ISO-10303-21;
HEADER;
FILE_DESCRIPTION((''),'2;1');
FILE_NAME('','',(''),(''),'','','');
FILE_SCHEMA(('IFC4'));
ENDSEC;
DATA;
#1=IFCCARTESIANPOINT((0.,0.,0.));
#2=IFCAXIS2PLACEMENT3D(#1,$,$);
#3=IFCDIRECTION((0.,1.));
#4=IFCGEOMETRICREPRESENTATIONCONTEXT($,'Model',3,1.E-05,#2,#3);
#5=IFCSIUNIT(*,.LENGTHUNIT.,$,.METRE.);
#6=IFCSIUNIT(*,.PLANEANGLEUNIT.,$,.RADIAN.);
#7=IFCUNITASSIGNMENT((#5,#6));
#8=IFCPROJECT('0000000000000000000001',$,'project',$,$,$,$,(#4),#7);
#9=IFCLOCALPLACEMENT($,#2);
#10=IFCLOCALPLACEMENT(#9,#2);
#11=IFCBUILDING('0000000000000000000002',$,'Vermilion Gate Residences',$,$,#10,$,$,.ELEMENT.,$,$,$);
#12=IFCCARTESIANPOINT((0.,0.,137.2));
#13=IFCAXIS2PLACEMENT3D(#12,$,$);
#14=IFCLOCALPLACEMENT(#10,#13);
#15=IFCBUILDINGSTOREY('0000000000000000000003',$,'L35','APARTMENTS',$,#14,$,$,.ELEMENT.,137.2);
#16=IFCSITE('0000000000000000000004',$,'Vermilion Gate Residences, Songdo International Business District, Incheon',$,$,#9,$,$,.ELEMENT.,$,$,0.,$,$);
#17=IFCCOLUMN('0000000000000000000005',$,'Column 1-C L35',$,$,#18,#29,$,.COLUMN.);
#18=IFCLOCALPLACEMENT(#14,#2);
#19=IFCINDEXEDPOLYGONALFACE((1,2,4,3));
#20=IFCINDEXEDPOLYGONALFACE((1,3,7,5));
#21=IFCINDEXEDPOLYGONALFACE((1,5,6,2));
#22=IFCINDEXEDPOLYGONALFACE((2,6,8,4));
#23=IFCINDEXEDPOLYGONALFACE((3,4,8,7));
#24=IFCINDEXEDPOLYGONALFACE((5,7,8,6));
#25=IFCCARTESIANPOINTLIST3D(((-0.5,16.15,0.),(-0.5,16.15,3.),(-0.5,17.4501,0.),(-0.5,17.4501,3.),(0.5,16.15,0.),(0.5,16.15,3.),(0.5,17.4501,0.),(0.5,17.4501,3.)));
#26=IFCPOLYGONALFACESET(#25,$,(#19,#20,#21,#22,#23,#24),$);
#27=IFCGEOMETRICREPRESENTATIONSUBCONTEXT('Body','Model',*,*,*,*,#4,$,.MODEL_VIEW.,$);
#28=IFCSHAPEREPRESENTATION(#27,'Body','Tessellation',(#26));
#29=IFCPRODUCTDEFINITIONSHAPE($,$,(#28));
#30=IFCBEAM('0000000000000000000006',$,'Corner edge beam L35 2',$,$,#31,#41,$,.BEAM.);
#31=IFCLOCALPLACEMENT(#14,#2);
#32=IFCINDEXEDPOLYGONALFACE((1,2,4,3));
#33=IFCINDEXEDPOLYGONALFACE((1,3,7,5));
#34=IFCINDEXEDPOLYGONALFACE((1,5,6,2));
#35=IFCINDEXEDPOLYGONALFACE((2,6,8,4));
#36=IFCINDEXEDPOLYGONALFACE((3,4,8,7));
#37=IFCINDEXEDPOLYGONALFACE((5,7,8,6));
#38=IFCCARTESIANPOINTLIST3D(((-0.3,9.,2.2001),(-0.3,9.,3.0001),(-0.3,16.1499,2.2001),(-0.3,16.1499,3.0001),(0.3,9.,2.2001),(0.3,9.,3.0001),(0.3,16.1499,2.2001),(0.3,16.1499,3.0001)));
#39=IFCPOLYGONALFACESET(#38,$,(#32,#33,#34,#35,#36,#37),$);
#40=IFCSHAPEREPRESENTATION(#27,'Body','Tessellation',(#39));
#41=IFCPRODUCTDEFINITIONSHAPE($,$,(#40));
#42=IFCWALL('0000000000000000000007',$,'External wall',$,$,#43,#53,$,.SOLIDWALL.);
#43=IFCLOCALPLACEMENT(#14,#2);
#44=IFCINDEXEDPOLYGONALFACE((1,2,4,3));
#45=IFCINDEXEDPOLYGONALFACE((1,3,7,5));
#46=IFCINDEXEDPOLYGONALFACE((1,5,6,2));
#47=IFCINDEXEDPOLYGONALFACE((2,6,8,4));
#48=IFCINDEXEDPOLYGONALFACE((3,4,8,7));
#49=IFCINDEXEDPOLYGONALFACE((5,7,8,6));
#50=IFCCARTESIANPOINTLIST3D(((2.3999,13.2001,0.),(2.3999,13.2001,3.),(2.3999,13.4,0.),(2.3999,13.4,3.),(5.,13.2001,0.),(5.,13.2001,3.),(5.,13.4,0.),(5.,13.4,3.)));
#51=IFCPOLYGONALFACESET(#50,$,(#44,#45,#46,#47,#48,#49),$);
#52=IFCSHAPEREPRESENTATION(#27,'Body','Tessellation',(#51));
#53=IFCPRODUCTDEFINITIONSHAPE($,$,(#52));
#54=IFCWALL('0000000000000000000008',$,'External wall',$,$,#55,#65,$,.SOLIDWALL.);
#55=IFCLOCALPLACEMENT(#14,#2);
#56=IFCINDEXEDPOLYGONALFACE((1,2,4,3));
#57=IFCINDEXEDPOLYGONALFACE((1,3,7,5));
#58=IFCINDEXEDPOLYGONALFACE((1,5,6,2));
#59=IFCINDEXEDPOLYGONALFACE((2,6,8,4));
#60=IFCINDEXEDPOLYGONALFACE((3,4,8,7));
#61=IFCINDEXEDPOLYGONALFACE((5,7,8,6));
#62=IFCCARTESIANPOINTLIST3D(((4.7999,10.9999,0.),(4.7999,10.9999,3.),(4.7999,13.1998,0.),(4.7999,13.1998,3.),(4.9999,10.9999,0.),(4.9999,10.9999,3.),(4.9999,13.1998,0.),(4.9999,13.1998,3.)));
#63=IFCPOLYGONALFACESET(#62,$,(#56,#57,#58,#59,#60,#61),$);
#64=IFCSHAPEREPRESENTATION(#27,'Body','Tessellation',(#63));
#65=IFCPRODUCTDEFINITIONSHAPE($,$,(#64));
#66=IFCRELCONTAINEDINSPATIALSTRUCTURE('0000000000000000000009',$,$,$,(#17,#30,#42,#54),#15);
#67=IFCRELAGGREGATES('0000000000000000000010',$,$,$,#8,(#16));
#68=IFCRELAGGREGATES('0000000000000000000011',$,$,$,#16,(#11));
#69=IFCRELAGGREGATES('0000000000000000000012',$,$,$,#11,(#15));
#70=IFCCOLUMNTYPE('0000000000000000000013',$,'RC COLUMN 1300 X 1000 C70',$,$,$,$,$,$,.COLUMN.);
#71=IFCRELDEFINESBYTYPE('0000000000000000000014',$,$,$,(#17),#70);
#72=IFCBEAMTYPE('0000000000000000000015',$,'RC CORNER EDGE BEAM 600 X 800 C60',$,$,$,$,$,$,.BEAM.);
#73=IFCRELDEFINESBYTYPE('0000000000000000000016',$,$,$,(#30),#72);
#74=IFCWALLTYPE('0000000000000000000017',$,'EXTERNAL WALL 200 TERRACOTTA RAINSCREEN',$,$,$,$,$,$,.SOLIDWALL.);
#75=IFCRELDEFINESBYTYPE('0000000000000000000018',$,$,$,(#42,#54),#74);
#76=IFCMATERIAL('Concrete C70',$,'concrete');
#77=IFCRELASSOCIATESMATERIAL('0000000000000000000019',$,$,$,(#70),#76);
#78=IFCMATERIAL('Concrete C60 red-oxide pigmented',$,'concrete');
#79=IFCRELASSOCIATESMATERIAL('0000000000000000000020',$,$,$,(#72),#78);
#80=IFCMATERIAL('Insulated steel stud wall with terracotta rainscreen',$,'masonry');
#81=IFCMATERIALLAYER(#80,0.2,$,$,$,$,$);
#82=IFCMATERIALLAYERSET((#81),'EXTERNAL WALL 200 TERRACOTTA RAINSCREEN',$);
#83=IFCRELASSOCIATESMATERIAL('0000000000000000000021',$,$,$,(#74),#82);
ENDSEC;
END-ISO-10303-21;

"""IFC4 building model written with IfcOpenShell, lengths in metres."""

from ifc_helpers import new_model, si_unit, direction, frame, frame_2d, origin, origin_2d, place, context, subcontext, project, spatial, rectangle, extrude, material, layer, layer_set, material_profile, profile_set, type_object, element, save


model = new_model("IFC4")

# Units and contexts
model_context = context("Model", 3, precision=1e-05, world=origin(), true_north=direction((0.0, 1.0)))
body_context = subcontext(model_context, "Body", "Model", "MODEL_VIEW")
ifc_project = project(units=[si_unit("LENGTHUNIT", "METRE"), si_unit("PLANEANGLEUNIT", "RADIAN")], contexts=[model_context])

# Site, building, storey
site_placement = place(None, origin())
site = spatial("IfcSite", under=ifc_project, at=site_placement, Name="Vermilion Gate Residences, Songdo International Business District, Incheon", CompositionType="ELEMENT", RefElevation=0.0)
building_placement = place(site_placement, origin())
building = spatial("IfcBuilding", under=site, at=building_placement, Name="Vermilion Gate Residences", CompositionType="ELEMENT")
storey_placement = place(building_placement, frame((0.0, 0.0, 137.2)))
storey = spatial("IfcBuildingStorey", under=building, at=storey_placement, Name="L35", Description="APARTMENTS", CompositionType="ELEMENT", Elevation=137.2)

# Column
ifc_material_1 = material(Name="Concrete C70", Category="concrete")
ifc_material_profile_1 = material_profile(ifc_material_1, rectangle(XDim=1.3, YDim=1.0, at=origin_2d()), Name="RC-1300x1000")
ifc_profile_set_1 = profile_set([ifc_material_profile_1], Name="Concrete C70")
column_type = type_object("IfcColumnType", Name="RC COLUMN 1300 X 1000 C70", PredefinedType="COLUMN", material=ifc_profile_set_1)
column_placement = place(storey_placement, frame((0.0, 16.8, 0.0), z_axis=(0.0, 0.0, 1.0), x_axis=(0.0, 1.0, 0.0)))
element("IfcColumn", 1, at=column_placement, inside=storey, type_object=column_type, Name="Column 1-C L35", PredefinedType="COLUMN", context=body_context, shape_type="SweptSolid", body=[
    extrude(rectangle(XDim=1.3, YDim=1.0, at=origin_2d()), origin(), (0.0, 0.0, 1.0), 3.0),
])

# Beam
ifc_material_2 = material(Name="Concrete C60 red-oxide pigmented", Category="concrete")
ifc_material_profile_2 = material_profile(ifc_material_2, rectangle(XDim=0.6001, YDim=0.8, at=origin_2d()), Name="RC-600x800")
ifc_profile_set_2 = profile_set([ifc_material_profile_2], Name="Concrete C60 red-oxide pigmented")
beam_type = type_object("IfcBeamType", Name="RC CORNER EDGE BEAM 600 X 800 C60", PredefinedType="BEAM", material=ifc_profile_set_2)
beam_placement = place(storey_placement, frame((0.0, 9.0, 2.6001), z_axis=(0.0, 1.0, 0.0), x_axis=(-1.0, 0.0, 0.0)))
element("IfcBeam", 2, at=beam_placement, inside=storey, type_object=beam_type, Name="Corner edge beam L35 2", PredefinedType="BEAM", context=body_context, shape_type="SweptSolid", body=[
    extrude(rectangle(XDim=0.6001, YDim=0.8, at=origin_2d()), origin(), (0.0, 0.0, 1.0), 7.1499),
])

# Walls
ifc_material_3 = material(Name="Insulated steel stud wall with terracotta rainscreen", Category="masonry")
ifc_layer_1 = layer(ifc_material_3, 0.2)
ifc_layer_set_1 = layer_set([ifc_layer_1], Name="EXTERNAL WALL 200 TERRACOTTA RAINSCREEN")
wall_type_1 = type_object("IfcWallType", Name="EXTERNAL WALL 200 TERRACOTTA RAINSCREEN", PredefinedType="SOLIDWALL", material=ifc_layer_set_1)
wall_1_placement = place(storey_placement, frame((2.3999, 13.3, 0.0), z_axis=(0.0, 0.0, 1.0), x_axis=(1.0, 0.0, 0.0)))
element("IfcWall", 3, at=wall_1_placement, inside=storey, type_object=wall_type_1, Name="External wall", PredefinedType="SOLIDWALL", context=body_context, shape_type="SweptSolid", body=[
    extrude(rectangle(XDim=2.6001, YDim=0.2, at=frame_2d((1.3, 0.0))), origin(), (0.0, 0.0, 1.0), 3.0),
])
wall_2_placement = place(storey_placement, frame((4.8999, 13.2, 0.0), z_axis=(0.0, 0.0, 1.0), x_axis=(0.0, -1.0, 0.0)))
element("IfcWall", 4, at=wall_2_placement, inside=storey, type_object=wall_type_1, Name="External wall", PredefinedType="SOLIDWALL", context=body_context, shape_type="SweptSolid", body=[
    extrude(rectangle(XDim=2.2, YDim=0.2, at=frame_2d((1.1001, 0.0))), origin(), (0.0, 0.0, 1.0), 3.0),
])

save(model, "model.ifc")
